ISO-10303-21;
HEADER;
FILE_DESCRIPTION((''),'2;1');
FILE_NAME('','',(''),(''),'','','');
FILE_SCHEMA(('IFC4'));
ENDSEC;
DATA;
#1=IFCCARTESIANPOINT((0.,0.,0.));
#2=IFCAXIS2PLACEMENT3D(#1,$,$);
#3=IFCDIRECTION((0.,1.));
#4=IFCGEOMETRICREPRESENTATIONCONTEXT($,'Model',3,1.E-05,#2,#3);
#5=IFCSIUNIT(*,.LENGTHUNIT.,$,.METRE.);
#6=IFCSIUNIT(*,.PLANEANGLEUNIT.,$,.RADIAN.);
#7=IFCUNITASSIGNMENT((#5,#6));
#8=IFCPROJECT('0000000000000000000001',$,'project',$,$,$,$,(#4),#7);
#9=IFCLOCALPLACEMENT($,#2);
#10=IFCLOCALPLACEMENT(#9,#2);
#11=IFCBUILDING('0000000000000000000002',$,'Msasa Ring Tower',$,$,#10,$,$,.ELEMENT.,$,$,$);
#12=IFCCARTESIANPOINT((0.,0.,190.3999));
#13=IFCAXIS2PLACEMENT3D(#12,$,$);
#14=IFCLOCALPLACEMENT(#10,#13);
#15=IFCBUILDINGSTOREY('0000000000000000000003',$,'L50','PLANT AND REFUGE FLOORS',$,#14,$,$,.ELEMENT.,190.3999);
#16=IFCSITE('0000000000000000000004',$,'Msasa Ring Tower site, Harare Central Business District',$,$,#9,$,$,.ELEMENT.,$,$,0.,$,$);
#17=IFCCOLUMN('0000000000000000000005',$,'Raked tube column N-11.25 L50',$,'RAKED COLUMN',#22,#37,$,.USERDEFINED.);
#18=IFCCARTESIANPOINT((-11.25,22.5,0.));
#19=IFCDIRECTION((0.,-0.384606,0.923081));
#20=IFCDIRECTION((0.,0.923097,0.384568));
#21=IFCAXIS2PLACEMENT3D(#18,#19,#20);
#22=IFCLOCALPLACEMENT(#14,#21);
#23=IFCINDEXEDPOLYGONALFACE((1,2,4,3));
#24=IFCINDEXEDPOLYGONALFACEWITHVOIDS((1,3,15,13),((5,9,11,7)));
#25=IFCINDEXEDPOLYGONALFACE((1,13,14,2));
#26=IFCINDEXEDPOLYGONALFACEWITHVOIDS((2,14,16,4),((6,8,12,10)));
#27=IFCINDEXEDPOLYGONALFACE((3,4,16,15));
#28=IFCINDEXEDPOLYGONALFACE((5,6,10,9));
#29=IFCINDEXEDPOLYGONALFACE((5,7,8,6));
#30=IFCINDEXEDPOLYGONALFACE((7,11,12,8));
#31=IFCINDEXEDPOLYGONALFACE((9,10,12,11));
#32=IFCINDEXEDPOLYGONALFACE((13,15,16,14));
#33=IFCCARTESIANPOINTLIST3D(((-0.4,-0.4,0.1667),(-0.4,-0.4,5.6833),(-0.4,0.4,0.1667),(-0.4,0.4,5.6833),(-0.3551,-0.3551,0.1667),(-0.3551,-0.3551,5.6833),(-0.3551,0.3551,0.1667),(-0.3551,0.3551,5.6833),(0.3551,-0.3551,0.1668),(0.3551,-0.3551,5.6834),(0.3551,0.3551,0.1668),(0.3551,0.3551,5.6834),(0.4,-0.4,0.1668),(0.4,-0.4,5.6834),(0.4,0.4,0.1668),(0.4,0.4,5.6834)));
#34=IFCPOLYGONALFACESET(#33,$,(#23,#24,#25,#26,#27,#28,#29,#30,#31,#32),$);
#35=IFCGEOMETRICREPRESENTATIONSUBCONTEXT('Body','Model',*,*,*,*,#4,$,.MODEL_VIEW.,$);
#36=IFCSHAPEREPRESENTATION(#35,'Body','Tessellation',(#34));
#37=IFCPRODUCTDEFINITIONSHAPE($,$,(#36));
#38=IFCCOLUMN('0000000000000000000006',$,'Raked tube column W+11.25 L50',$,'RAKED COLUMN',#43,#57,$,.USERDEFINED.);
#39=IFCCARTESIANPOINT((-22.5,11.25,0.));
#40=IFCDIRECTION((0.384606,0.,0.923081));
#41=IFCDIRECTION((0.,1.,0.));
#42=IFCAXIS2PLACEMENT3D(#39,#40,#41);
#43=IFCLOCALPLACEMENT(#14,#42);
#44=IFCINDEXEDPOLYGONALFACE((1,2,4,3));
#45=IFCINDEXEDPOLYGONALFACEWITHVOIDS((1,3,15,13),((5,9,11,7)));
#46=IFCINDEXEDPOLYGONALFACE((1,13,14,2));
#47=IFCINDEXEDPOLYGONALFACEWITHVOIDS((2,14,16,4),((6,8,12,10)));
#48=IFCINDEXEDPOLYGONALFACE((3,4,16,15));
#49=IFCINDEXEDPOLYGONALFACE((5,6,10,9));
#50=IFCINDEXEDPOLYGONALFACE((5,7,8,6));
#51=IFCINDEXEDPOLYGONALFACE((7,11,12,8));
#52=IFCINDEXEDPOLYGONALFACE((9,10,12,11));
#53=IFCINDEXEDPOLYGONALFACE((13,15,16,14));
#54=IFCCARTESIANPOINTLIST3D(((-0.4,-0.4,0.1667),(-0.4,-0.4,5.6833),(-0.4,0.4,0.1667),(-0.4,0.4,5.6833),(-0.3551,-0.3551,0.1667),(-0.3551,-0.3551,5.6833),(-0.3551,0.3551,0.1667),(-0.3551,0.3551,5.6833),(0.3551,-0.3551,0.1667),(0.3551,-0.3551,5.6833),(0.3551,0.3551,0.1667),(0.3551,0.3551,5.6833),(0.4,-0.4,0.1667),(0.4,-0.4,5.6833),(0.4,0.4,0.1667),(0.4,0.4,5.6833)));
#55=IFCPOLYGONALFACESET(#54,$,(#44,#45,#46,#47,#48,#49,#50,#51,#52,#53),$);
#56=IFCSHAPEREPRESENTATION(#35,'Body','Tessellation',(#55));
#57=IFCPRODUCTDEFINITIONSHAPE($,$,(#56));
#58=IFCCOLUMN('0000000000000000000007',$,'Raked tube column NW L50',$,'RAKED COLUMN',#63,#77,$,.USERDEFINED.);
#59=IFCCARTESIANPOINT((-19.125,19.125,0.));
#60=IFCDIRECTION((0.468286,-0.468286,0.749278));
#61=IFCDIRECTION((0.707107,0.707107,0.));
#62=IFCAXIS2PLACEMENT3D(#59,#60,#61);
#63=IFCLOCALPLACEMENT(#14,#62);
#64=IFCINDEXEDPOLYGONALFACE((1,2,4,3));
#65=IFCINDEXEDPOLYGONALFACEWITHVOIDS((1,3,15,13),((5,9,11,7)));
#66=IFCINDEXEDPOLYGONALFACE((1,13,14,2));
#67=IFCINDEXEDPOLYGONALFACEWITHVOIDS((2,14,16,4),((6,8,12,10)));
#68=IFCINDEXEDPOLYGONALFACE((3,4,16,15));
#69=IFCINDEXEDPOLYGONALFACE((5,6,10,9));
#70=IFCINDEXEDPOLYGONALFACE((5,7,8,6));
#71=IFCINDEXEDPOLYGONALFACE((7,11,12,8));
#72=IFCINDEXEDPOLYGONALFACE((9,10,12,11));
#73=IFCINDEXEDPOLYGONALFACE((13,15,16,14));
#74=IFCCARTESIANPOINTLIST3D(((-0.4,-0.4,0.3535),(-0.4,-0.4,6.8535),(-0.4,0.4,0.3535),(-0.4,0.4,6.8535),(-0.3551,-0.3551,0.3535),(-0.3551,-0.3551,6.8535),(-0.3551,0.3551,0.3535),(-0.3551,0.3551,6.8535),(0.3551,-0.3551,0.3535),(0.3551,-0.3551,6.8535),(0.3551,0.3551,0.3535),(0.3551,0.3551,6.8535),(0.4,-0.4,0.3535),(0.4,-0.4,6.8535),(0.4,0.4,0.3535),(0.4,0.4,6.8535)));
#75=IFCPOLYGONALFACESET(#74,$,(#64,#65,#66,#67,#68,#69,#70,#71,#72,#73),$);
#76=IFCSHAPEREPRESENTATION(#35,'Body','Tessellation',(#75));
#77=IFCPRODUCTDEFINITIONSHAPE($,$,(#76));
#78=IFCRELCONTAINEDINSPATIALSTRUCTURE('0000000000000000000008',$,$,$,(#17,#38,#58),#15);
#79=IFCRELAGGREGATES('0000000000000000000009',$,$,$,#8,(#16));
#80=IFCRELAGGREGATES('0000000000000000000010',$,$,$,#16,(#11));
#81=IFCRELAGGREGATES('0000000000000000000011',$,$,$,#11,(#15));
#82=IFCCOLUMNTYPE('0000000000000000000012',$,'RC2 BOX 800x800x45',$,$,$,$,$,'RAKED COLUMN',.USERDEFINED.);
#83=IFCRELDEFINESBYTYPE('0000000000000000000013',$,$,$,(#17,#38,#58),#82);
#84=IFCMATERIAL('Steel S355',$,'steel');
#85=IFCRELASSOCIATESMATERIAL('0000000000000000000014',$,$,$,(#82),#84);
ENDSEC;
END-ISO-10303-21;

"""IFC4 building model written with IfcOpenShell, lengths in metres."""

from ifc_helpers import new_model, si_unit, direction, frame, origin, origin_2d, place, context, subcontext, project, spatial, hollow_rectangle, extrude, clip, halfspace, material, material_profile, profile_set, type_object, element, save


model = new_model("IFC4")

# Units and contexts
model_context = context("Model", 3, precision=1e-05, world=origin(), true_north=direction((0.0, 1.0)))
body_context = subcontext(model_context, "Body", "Model", "MODEL_VIEW")
ifc_project = project(units=[si_unit("LENGTHUNIT", "METRE"), si_unit("PLANEANGLEUNIT", "RADIAN")], contexts=[model_context])

# Site, building, storey
site_placement = place(None, origin())
site = spatial("IfcSite", under=ifc_project, at=site_placement, Name="Msasa Ring Tower site, Harare Central Business District", CompositionType="ELEMENT", RefElevation=0.0)
building_placement = place(site_placement, origin())
building = spatial("IfcBuilding", under=site, at=building_placement, Name="Msasa Ring Tower", CompositionType="ELEMENT")
storey_placement = place(building_placement, frame((0.0, 0.0, 190.3999)))
storey = spatial("IfcBuildingStorey", under=building, at=storey_placement, Name="L50", Description="PLANT AND REFUGE FLOORS", CompositionType="ELEMENT", Elevation=190.3999)

# Columns
ifc_material_1 = material(Name="Steel S355", Category="steel")
ifc_material_profile_1 = material_profile(ifc_material_1, hollow_rectangle(XDim=0.8, YDim=0.8, WallThickness=0.0449, at=origin_2d()), Name="BOX 800x800x45")
ifc_profile_set_1 = profile_set([ifc_material_profile_1], Name="Steel S355")
column_type = type_object("IfcColumnType", Name="RC2 BOX 800x800x45", ElementType="RAKED COLUMN", PredefinedType="USERDEFINED", material=ifc_profile_set_1)
for number, where, z_axis, x_axis, name in (
    (1, (-11.25, 22.5, 0.0), (0.0, -0.384606, 0.923081), (0.0, 0.923097, 0.384568), "Raked tube column N-11.25 L50"),
    (2, (-22.5, 11.25, 0.0), (0.384606, 0.0, 0.923081), (0.0, 1.0, 0.0), "Raked tube column W+11.25 L50"),
):
    element("IfcColumn", number, at=place(storey_placement, frame(where, z_axis=z_axis, x_axis=x_axis)), inside=storey, type_object=column_type, Name=name, ObjectType="RAKED COLUMN", PredefinedType="USERDEFINED", context=body_context, shape_type="Clipping", body=[
        clip(clip(extrude(hollow_rectangle(XDim=0.8, YDim=0.8, WallThickness=0.0449, at=origin_2d()), origin(), (0.0, 0.0, 1.0), 5.8501), halfspace(frame((0.0, 0.0, 0.1667), z_axis=(0.0, 0.0, 1.0)), True)), halfspace(frame((0.0, 0.0, 5.6833), z_axis=(0.0, 0.0, -1.0)), True)),
    ])
column_placement = place(storey_placement, frame((-19.125, 19.125, 0.0), z_axis=(0.468286, -0.468286, 0.749278), x_axis=(0.707107, 0.707107, 0.0)))
element("IfcColumn", 3, at=column_placement, inside=storey, type_object=column_type, Name="Raked tube column NW L50", ObjectType="RAKED COLUMN", PredefinedType="USERDEFINED", context=body_context, shape_type="Clipping", body=[
    clip(clip(extrude(hollow_rectangle(XDim=0.8, YDim=0.8, WallThickness=0.0449, at=origin_2d()), origin(), (0.0, 0.0, 1.0), 7.207), halfspace(frame((0.0, 0.0, 0.3535), z_axis=(0.0, 0.0, 1.0)), True)), halfspace(frame((0.0, 0.0, 6.8535), z_axis=(0.0, 0.0, -1.0)), True)),
])

save(model, "model.ifc")
